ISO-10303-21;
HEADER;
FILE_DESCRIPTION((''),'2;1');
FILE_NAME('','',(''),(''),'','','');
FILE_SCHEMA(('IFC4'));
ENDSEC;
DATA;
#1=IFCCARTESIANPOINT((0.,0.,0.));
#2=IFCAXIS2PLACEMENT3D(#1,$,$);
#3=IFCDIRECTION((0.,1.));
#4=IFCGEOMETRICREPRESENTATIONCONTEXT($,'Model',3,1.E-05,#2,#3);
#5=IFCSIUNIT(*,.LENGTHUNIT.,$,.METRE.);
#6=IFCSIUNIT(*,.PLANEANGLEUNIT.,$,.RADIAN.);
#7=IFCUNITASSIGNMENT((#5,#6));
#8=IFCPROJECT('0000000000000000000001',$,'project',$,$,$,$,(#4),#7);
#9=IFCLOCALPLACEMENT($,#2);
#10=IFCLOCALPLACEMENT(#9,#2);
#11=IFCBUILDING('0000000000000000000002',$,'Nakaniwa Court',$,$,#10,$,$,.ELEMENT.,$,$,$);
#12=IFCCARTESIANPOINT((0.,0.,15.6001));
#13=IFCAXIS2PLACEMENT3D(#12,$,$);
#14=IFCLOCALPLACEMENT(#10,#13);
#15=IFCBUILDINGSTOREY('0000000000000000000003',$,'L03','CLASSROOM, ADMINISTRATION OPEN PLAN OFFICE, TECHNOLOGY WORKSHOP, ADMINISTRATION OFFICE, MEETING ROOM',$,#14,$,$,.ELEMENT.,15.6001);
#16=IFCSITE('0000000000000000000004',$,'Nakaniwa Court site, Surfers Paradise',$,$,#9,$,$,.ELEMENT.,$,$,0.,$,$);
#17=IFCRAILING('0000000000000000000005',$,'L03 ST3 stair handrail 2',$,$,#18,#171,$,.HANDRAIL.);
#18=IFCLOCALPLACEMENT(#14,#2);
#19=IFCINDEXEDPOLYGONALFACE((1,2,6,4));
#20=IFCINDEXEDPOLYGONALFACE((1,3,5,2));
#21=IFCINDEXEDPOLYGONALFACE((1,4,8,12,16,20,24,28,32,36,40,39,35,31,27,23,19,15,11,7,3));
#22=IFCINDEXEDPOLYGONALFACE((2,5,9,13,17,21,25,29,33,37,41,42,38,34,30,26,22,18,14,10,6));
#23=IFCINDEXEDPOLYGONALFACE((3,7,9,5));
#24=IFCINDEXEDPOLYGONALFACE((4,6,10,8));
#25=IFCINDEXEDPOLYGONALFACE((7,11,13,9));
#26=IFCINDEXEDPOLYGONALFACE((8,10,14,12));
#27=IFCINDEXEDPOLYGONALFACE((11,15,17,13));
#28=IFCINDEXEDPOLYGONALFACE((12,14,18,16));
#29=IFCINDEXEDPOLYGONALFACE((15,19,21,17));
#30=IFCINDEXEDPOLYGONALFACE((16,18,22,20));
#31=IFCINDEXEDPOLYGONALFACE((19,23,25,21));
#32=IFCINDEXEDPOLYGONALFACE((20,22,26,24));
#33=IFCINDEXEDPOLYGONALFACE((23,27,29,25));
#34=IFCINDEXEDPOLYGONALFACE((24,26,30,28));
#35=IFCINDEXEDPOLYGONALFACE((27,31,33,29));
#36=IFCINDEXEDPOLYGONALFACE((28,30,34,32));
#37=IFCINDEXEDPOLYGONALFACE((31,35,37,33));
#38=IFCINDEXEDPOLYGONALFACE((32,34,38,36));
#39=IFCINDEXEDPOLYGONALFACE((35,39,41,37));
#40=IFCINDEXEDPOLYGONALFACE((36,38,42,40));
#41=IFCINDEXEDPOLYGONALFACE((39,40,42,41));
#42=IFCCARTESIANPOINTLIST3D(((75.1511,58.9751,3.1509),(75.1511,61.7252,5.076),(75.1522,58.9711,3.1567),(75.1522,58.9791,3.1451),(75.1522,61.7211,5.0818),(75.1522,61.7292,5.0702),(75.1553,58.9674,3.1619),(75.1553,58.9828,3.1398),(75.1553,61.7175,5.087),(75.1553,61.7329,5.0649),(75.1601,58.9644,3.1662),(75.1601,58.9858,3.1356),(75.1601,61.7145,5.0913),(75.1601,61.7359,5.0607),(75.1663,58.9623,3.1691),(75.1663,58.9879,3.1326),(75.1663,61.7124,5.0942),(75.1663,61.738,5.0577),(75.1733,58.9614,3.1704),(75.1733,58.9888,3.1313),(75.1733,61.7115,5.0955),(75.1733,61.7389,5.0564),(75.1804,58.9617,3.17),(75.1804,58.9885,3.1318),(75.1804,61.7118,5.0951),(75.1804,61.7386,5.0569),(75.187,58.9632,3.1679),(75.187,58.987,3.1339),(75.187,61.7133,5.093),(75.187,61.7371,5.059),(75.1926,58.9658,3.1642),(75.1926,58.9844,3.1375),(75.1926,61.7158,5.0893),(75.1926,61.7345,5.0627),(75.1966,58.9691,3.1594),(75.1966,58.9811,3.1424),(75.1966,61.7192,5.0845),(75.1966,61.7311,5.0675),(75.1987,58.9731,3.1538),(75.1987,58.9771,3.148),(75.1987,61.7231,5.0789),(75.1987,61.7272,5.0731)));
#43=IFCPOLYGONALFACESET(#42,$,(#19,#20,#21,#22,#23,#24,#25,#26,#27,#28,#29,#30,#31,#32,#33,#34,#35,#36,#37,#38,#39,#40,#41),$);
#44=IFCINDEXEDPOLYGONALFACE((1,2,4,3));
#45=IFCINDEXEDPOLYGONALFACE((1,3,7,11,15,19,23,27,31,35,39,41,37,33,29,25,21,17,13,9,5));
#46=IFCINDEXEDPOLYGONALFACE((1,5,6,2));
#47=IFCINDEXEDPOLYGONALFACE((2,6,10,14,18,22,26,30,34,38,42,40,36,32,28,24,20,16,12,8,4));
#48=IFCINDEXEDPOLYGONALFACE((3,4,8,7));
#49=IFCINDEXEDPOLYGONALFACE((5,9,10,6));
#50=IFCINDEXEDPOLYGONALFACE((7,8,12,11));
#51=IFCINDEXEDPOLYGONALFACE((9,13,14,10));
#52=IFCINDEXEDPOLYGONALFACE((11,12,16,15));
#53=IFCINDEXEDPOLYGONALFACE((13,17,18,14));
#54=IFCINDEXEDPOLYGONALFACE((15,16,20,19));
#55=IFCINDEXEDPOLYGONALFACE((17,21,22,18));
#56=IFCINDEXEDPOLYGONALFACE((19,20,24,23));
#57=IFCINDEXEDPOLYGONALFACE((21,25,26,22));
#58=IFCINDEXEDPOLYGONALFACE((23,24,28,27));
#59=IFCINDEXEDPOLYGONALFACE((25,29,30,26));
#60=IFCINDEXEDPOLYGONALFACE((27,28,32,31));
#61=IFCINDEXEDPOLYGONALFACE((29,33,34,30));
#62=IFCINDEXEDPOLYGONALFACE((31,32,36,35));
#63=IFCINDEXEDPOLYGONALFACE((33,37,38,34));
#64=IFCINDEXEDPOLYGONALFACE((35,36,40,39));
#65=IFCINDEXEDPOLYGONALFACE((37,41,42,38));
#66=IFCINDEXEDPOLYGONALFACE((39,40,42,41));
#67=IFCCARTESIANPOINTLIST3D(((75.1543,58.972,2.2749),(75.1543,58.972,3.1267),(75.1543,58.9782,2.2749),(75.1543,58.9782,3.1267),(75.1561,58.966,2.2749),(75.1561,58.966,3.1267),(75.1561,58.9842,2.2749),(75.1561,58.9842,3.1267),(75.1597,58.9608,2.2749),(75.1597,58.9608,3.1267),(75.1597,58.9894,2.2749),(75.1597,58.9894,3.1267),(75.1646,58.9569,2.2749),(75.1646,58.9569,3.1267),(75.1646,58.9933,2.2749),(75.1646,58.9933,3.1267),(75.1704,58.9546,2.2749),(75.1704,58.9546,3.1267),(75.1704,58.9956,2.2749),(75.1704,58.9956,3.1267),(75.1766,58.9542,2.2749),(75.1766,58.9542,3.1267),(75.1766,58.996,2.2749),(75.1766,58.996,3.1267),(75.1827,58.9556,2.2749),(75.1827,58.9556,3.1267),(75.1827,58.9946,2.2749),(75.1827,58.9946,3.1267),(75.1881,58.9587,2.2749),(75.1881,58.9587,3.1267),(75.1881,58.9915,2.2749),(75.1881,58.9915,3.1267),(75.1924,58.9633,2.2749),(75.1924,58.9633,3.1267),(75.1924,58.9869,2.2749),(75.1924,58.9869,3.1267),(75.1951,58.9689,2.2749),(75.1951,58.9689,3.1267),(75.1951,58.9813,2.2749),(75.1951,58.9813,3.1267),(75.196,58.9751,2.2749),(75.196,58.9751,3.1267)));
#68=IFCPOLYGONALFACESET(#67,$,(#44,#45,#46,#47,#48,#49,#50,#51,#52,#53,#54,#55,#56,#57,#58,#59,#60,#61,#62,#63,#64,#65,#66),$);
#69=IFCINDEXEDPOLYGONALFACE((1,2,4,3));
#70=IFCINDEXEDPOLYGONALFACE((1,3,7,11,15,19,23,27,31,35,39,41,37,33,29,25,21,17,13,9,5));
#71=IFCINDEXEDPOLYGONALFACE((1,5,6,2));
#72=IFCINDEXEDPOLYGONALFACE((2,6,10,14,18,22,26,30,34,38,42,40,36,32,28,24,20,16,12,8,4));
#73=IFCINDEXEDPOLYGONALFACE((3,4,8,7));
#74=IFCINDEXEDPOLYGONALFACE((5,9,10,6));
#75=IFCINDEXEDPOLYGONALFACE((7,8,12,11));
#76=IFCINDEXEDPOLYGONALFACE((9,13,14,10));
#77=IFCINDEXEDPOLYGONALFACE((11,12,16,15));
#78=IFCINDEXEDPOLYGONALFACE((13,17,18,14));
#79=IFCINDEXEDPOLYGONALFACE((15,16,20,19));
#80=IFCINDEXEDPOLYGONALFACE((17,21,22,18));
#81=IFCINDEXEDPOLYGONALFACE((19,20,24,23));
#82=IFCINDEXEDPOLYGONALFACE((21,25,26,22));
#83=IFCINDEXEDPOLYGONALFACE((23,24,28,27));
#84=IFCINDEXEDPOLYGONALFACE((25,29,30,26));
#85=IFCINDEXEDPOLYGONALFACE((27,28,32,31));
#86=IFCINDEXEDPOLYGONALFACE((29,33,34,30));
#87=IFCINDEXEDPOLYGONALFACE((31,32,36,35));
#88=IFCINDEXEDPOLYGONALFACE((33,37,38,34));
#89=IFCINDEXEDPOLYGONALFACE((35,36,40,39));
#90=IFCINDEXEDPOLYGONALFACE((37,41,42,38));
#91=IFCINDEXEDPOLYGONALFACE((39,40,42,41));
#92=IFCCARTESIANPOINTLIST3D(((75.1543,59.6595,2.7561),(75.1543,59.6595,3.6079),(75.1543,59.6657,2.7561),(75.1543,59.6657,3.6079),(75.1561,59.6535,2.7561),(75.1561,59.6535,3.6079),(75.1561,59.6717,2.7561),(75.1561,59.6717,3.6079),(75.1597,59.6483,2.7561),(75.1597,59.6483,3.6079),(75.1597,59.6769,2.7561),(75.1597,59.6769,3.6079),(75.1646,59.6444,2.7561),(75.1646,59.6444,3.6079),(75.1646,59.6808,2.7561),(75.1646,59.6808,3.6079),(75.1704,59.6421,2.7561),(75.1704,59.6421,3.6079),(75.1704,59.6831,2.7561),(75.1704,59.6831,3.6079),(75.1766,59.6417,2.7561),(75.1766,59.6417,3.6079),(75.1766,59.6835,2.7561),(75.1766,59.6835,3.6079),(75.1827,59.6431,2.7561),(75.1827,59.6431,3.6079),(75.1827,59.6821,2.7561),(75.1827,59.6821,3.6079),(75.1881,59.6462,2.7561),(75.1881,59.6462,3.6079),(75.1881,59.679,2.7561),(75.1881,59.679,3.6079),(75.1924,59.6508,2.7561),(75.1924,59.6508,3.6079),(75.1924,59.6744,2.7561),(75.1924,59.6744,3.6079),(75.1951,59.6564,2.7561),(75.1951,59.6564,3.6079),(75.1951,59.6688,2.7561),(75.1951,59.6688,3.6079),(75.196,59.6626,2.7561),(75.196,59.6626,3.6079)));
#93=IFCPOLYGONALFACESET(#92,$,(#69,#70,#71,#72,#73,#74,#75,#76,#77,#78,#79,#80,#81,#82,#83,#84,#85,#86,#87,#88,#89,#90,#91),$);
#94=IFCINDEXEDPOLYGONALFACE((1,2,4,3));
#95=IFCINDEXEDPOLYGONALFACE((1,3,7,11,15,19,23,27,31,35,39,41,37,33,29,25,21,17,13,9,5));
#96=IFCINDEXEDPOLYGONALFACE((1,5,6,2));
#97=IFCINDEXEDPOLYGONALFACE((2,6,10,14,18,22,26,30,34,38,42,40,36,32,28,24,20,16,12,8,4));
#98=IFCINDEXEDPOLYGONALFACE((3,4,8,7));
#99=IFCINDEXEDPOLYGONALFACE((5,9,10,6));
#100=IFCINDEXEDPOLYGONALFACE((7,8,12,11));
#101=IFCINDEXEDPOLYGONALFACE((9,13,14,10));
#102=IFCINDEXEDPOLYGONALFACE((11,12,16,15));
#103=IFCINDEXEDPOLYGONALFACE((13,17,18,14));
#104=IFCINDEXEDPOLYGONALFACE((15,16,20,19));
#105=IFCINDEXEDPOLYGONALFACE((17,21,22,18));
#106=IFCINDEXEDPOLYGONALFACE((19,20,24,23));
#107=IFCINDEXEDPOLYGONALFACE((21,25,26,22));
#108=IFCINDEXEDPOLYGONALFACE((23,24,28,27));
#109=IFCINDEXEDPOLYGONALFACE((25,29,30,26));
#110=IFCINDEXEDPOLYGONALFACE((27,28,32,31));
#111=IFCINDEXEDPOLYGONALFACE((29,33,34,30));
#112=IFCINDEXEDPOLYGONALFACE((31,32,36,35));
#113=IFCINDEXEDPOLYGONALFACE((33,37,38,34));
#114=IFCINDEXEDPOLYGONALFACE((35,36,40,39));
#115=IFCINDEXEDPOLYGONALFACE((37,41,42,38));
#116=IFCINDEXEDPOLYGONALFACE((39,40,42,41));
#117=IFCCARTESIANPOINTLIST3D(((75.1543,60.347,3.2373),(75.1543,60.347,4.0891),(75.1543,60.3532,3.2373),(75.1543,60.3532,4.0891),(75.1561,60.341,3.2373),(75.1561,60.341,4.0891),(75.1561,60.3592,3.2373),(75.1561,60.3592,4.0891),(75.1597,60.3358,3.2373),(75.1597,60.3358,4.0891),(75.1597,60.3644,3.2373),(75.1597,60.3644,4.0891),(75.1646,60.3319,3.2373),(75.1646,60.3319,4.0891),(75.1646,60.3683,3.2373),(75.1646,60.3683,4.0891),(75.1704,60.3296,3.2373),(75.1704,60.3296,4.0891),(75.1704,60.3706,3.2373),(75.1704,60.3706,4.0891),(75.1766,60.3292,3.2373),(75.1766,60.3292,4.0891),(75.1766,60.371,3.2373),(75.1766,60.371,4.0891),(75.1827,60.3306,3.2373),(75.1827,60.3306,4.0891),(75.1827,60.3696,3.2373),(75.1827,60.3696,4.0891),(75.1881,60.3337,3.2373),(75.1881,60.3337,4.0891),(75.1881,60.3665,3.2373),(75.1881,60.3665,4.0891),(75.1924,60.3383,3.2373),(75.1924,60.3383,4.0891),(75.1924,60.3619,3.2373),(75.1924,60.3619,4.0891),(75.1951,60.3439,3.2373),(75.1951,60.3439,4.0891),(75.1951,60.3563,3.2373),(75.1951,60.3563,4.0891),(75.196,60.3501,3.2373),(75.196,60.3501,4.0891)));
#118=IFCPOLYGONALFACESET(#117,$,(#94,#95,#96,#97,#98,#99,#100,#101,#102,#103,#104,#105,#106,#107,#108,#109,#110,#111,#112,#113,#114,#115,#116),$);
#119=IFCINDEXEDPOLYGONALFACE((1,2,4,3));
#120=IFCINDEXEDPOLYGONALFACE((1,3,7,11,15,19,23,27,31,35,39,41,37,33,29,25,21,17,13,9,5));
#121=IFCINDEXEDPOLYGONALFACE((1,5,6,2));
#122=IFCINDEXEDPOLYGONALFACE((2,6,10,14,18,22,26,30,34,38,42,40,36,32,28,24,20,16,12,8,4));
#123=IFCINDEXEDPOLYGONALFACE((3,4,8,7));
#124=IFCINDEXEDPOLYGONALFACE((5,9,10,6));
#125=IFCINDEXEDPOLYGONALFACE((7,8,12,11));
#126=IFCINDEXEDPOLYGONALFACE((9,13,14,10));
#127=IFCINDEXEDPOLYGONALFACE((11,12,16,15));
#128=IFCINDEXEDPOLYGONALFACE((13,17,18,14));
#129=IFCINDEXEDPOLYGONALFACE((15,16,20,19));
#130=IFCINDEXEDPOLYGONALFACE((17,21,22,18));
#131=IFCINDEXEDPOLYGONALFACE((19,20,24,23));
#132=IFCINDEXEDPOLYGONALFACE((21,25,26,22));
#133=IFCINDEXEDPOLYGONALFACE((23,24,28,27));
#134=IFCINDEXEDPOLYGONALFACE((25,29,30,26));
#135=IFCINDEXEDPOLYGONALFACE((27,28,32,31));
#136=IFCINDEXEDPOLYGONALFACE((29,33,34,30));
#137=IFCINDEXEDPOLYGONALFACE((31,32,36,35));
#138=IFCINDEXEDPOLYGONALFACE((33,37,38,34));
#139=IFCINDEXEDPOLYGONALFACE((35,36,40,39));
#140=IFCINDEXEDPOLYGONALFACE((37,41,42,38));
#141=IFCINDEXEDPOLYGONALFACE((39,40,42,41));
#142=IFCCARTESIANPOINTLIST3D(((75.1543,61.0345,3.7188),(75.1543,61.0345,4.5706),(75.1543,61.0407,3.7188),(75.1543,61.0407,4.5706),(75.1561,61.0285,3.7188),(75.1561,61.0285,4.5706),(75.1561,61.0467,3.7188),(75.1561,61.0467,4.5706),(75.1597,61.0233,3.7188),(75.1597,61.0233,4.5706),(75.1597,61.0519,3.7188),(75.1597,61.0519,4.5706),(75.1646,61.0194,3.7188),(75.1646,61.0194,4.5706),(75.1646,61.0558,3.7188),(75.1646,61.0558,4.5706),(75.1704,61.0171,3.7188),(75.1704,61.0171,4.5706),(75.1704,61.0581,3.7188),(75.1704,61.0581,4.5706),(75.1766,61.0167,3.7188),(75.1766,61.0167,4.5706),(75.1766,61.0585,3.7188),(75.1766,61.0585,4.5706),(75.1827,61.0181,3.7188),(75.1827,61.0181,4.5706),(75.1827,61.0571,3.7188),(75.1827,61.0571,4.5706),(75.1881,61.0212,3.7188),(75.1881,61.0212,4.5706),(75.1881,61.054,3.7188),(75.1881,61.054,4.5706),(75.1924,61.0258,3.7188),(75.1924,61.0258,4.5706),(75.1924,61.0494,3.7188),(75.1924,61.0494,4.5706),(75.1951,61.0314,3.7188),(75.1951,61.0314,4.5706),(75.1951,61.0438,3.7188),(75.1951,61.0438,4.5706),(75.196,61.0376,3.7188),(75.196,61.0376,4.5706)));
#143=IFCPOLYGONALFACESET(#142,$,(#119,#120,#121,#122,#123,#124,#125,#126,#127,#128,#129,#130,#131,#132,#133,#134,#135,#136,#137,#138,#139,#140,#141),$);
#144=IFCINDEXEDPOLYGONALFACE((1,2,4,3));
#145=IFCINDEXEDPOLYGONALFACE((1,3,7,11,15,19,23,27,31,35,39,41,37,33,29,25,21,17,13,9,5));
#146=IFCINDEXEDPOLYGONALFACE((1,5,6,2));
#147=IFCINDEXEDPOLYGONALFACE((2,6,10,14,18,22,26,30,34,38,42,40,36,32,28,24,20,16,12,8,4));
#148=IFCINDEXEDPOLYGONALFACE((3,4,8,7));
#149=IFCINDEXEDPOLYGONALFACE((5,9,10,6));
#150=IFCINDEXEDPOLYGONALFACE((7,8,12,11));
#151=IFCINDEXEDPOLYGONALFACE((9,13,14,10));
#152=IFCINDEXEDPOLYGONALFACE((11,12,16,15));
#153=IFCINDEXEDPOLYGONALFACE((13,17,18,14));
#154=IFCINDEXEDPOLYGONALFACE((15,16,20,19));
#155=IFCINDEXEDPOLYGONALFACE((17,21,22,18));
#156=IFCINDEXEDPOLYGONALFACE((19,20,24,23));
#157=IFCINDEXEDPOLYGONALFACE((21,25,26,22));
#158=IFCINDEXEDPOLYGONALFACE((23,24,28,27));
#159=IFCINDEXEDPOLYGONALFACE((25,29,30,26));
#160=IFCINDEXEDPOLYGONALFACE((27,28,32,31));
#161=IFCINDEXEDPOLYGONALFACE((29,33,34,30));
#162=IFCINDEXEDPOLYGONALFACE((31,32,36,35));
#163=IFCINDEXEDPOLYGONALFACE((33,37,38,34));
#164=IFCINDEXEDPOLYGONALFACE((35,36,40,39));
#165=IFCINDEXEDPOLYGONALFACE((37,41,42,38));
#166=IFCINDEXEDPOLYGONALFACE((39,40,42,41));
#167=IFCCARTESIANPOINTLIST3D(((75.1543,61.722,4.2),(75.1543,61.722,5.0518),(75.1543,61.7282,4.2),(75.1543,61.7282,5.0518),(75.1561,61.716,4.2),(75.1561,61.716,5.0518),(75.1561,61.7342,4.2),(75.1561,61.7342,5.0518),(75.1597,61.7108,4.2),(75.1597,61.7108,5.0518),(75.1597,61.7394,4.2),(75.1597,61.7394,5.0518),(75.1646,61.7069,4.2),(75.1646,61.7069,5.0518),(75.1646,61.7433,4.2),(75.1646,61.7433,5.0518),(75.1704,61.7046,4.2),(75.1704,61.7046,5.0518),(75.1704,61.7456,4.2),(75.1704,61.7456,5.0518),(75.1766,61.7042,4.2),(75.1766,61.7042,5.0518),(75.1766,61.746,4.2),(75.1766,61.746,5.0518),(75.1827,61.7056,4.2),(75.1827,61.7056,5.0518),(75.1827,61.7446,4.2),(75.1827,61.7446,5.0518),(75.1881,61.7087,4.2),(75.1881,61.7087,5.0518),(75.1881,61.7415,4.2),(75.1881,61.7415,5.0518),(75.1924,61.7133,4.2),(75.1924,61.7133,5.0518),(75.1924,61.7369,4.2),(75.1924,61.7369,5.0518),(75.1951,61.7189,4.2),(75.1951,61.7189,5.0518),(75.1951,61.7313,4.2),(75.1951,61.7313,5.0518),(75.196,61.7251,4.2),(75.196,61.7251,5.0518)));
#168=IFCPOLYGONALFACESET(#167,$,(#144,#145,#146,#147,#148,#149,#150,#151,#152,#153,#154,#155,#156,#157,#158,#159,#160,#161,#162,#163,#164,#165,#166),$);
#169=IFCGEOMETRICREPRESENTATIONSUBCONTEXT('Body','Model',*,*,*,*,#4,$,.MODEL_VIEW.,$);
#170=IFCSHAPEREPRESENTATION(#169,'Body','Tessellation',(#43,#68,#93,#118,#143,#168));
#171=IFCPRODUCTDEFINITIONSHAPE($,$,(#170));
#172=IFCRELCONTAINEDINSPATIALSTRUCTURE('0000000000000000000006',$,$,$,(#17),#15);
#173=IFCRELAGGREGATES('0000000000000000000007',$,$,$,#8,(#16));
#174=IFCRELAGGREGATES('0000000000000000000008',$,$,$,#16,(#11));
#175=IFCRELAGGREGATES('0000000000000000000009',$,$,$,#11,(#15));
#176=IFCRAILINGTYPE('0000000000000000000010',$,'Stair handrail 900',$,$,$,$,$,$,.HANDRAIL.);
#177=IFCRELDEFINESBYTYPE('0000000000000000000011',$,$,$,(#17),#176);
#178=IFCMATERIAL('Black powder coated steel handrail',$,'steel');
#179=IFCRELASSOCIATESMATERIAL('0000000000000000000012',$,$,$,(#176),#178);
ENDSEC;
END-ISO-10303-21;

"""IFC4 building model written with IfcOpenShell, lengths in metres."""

from ifc_helpers import new_model, si_unit, direction, frame, origin, origin_2d, place, context, subcontext, project, spatial, circle, extrude, material, type_object, element, save


model = new_model("IFC4")

# Units and contexts
model_context = context("Model", 3, precision=1e-05, world=origin(), true_north=direction((0.0, 1.0)))
body_context = subcontext(model_context, "Body", "Model", "MODEL_VIEW")
ifc_project = project(units=[si_unit("LENGTHUNIT", "METRE"), si_unit("PLANEANGLEUNIT", "RADIAN")], contexts=[model_context])

# Site, building, storey
site_placement = place(None, origin())
site = spatial("IfcSite", under=ifc_project, at=site_placement, Name="Nakaniwa Court site, Surfers Paradise", CompositionType="ELEMENT", RefElevation=0.0)
building_placement = place(site_placement, origin())
building = spatial("IfcBuilding", under=site, at=building_placement, Name="Nakaniwa Court", CompositionType="ELEMENT")
storey_placement = place(building_placement, frame((0.0, 0.0, 15.6001)))
storey = spatial("IfcBuildingStorey", under=building, at=storey_placement, Name="L03", Description="CLASSROOM, ADMINISTRATION OPEN PLAN OFFICE, TECHNOLOGY WORKSHOP, ADMINISTRATION OFFICE, MEETING ROOM", CompositionType="ELEMENT", Elevation=15.6001)

# Railing
ifc_material_1 = material(Name="Black powder coated steel handrail", Category="steel")
railing_type_1 = type_object("IfcRailingType", Name="Stair handrail 900", PredefinedType="HANDRAIL", material=ifc_material_1)
railing_1_placement = place(storey_placement, frame((75.175, 58.9751, 2.2749)))
element("IfcRailing", 1, at=railing_1_placement, inside=storey, type_object=railing_type_1, Name="L03 ST3 stair handrail 2", PredefinedType="HANDRAIL", context=body_context, shape_type="SweptSolid", body=[
    extrude(circle(Radius=0.0239, at=origin_2d()), frame((0.0, 0.0, 0.876), z_axis=(0.0, 0.819225, 0.573472), x_axis=(-1.0, 0.0, 0.0)), (0.0, 0.0, 1.0), 3.3569),
    extrude(circle(Radius=0.021, at=origin_2d()), origin(), (0.0, 0.0, 1.0), 0.8518),
    extrude(circle(Radius=0.021, at=origin_2d()), frame((0.0, 0.6875, 0.4812)), (0.0, 0.0, 1.0), 0.8518),
    extrude(circle(Radius=0.021, at=origin_2d()), frame((0.0, 1.375, 0.9624)), (0.0, 0.0, 1.0), 0.8518),
    extrude(circle(Radius=0.021, at=origin_2d()), frame((0.0, 2.0625, 1.4438)), (0.0, 0.0, 1.0), 0.8518),
    extrude(circle(Radius=0.021, at=origin_2d()), frame((0.0, 2.75, 1.925)), (0.0, 0.0, 1.0), 0.8518),
])

save(model, "model.ifc")
